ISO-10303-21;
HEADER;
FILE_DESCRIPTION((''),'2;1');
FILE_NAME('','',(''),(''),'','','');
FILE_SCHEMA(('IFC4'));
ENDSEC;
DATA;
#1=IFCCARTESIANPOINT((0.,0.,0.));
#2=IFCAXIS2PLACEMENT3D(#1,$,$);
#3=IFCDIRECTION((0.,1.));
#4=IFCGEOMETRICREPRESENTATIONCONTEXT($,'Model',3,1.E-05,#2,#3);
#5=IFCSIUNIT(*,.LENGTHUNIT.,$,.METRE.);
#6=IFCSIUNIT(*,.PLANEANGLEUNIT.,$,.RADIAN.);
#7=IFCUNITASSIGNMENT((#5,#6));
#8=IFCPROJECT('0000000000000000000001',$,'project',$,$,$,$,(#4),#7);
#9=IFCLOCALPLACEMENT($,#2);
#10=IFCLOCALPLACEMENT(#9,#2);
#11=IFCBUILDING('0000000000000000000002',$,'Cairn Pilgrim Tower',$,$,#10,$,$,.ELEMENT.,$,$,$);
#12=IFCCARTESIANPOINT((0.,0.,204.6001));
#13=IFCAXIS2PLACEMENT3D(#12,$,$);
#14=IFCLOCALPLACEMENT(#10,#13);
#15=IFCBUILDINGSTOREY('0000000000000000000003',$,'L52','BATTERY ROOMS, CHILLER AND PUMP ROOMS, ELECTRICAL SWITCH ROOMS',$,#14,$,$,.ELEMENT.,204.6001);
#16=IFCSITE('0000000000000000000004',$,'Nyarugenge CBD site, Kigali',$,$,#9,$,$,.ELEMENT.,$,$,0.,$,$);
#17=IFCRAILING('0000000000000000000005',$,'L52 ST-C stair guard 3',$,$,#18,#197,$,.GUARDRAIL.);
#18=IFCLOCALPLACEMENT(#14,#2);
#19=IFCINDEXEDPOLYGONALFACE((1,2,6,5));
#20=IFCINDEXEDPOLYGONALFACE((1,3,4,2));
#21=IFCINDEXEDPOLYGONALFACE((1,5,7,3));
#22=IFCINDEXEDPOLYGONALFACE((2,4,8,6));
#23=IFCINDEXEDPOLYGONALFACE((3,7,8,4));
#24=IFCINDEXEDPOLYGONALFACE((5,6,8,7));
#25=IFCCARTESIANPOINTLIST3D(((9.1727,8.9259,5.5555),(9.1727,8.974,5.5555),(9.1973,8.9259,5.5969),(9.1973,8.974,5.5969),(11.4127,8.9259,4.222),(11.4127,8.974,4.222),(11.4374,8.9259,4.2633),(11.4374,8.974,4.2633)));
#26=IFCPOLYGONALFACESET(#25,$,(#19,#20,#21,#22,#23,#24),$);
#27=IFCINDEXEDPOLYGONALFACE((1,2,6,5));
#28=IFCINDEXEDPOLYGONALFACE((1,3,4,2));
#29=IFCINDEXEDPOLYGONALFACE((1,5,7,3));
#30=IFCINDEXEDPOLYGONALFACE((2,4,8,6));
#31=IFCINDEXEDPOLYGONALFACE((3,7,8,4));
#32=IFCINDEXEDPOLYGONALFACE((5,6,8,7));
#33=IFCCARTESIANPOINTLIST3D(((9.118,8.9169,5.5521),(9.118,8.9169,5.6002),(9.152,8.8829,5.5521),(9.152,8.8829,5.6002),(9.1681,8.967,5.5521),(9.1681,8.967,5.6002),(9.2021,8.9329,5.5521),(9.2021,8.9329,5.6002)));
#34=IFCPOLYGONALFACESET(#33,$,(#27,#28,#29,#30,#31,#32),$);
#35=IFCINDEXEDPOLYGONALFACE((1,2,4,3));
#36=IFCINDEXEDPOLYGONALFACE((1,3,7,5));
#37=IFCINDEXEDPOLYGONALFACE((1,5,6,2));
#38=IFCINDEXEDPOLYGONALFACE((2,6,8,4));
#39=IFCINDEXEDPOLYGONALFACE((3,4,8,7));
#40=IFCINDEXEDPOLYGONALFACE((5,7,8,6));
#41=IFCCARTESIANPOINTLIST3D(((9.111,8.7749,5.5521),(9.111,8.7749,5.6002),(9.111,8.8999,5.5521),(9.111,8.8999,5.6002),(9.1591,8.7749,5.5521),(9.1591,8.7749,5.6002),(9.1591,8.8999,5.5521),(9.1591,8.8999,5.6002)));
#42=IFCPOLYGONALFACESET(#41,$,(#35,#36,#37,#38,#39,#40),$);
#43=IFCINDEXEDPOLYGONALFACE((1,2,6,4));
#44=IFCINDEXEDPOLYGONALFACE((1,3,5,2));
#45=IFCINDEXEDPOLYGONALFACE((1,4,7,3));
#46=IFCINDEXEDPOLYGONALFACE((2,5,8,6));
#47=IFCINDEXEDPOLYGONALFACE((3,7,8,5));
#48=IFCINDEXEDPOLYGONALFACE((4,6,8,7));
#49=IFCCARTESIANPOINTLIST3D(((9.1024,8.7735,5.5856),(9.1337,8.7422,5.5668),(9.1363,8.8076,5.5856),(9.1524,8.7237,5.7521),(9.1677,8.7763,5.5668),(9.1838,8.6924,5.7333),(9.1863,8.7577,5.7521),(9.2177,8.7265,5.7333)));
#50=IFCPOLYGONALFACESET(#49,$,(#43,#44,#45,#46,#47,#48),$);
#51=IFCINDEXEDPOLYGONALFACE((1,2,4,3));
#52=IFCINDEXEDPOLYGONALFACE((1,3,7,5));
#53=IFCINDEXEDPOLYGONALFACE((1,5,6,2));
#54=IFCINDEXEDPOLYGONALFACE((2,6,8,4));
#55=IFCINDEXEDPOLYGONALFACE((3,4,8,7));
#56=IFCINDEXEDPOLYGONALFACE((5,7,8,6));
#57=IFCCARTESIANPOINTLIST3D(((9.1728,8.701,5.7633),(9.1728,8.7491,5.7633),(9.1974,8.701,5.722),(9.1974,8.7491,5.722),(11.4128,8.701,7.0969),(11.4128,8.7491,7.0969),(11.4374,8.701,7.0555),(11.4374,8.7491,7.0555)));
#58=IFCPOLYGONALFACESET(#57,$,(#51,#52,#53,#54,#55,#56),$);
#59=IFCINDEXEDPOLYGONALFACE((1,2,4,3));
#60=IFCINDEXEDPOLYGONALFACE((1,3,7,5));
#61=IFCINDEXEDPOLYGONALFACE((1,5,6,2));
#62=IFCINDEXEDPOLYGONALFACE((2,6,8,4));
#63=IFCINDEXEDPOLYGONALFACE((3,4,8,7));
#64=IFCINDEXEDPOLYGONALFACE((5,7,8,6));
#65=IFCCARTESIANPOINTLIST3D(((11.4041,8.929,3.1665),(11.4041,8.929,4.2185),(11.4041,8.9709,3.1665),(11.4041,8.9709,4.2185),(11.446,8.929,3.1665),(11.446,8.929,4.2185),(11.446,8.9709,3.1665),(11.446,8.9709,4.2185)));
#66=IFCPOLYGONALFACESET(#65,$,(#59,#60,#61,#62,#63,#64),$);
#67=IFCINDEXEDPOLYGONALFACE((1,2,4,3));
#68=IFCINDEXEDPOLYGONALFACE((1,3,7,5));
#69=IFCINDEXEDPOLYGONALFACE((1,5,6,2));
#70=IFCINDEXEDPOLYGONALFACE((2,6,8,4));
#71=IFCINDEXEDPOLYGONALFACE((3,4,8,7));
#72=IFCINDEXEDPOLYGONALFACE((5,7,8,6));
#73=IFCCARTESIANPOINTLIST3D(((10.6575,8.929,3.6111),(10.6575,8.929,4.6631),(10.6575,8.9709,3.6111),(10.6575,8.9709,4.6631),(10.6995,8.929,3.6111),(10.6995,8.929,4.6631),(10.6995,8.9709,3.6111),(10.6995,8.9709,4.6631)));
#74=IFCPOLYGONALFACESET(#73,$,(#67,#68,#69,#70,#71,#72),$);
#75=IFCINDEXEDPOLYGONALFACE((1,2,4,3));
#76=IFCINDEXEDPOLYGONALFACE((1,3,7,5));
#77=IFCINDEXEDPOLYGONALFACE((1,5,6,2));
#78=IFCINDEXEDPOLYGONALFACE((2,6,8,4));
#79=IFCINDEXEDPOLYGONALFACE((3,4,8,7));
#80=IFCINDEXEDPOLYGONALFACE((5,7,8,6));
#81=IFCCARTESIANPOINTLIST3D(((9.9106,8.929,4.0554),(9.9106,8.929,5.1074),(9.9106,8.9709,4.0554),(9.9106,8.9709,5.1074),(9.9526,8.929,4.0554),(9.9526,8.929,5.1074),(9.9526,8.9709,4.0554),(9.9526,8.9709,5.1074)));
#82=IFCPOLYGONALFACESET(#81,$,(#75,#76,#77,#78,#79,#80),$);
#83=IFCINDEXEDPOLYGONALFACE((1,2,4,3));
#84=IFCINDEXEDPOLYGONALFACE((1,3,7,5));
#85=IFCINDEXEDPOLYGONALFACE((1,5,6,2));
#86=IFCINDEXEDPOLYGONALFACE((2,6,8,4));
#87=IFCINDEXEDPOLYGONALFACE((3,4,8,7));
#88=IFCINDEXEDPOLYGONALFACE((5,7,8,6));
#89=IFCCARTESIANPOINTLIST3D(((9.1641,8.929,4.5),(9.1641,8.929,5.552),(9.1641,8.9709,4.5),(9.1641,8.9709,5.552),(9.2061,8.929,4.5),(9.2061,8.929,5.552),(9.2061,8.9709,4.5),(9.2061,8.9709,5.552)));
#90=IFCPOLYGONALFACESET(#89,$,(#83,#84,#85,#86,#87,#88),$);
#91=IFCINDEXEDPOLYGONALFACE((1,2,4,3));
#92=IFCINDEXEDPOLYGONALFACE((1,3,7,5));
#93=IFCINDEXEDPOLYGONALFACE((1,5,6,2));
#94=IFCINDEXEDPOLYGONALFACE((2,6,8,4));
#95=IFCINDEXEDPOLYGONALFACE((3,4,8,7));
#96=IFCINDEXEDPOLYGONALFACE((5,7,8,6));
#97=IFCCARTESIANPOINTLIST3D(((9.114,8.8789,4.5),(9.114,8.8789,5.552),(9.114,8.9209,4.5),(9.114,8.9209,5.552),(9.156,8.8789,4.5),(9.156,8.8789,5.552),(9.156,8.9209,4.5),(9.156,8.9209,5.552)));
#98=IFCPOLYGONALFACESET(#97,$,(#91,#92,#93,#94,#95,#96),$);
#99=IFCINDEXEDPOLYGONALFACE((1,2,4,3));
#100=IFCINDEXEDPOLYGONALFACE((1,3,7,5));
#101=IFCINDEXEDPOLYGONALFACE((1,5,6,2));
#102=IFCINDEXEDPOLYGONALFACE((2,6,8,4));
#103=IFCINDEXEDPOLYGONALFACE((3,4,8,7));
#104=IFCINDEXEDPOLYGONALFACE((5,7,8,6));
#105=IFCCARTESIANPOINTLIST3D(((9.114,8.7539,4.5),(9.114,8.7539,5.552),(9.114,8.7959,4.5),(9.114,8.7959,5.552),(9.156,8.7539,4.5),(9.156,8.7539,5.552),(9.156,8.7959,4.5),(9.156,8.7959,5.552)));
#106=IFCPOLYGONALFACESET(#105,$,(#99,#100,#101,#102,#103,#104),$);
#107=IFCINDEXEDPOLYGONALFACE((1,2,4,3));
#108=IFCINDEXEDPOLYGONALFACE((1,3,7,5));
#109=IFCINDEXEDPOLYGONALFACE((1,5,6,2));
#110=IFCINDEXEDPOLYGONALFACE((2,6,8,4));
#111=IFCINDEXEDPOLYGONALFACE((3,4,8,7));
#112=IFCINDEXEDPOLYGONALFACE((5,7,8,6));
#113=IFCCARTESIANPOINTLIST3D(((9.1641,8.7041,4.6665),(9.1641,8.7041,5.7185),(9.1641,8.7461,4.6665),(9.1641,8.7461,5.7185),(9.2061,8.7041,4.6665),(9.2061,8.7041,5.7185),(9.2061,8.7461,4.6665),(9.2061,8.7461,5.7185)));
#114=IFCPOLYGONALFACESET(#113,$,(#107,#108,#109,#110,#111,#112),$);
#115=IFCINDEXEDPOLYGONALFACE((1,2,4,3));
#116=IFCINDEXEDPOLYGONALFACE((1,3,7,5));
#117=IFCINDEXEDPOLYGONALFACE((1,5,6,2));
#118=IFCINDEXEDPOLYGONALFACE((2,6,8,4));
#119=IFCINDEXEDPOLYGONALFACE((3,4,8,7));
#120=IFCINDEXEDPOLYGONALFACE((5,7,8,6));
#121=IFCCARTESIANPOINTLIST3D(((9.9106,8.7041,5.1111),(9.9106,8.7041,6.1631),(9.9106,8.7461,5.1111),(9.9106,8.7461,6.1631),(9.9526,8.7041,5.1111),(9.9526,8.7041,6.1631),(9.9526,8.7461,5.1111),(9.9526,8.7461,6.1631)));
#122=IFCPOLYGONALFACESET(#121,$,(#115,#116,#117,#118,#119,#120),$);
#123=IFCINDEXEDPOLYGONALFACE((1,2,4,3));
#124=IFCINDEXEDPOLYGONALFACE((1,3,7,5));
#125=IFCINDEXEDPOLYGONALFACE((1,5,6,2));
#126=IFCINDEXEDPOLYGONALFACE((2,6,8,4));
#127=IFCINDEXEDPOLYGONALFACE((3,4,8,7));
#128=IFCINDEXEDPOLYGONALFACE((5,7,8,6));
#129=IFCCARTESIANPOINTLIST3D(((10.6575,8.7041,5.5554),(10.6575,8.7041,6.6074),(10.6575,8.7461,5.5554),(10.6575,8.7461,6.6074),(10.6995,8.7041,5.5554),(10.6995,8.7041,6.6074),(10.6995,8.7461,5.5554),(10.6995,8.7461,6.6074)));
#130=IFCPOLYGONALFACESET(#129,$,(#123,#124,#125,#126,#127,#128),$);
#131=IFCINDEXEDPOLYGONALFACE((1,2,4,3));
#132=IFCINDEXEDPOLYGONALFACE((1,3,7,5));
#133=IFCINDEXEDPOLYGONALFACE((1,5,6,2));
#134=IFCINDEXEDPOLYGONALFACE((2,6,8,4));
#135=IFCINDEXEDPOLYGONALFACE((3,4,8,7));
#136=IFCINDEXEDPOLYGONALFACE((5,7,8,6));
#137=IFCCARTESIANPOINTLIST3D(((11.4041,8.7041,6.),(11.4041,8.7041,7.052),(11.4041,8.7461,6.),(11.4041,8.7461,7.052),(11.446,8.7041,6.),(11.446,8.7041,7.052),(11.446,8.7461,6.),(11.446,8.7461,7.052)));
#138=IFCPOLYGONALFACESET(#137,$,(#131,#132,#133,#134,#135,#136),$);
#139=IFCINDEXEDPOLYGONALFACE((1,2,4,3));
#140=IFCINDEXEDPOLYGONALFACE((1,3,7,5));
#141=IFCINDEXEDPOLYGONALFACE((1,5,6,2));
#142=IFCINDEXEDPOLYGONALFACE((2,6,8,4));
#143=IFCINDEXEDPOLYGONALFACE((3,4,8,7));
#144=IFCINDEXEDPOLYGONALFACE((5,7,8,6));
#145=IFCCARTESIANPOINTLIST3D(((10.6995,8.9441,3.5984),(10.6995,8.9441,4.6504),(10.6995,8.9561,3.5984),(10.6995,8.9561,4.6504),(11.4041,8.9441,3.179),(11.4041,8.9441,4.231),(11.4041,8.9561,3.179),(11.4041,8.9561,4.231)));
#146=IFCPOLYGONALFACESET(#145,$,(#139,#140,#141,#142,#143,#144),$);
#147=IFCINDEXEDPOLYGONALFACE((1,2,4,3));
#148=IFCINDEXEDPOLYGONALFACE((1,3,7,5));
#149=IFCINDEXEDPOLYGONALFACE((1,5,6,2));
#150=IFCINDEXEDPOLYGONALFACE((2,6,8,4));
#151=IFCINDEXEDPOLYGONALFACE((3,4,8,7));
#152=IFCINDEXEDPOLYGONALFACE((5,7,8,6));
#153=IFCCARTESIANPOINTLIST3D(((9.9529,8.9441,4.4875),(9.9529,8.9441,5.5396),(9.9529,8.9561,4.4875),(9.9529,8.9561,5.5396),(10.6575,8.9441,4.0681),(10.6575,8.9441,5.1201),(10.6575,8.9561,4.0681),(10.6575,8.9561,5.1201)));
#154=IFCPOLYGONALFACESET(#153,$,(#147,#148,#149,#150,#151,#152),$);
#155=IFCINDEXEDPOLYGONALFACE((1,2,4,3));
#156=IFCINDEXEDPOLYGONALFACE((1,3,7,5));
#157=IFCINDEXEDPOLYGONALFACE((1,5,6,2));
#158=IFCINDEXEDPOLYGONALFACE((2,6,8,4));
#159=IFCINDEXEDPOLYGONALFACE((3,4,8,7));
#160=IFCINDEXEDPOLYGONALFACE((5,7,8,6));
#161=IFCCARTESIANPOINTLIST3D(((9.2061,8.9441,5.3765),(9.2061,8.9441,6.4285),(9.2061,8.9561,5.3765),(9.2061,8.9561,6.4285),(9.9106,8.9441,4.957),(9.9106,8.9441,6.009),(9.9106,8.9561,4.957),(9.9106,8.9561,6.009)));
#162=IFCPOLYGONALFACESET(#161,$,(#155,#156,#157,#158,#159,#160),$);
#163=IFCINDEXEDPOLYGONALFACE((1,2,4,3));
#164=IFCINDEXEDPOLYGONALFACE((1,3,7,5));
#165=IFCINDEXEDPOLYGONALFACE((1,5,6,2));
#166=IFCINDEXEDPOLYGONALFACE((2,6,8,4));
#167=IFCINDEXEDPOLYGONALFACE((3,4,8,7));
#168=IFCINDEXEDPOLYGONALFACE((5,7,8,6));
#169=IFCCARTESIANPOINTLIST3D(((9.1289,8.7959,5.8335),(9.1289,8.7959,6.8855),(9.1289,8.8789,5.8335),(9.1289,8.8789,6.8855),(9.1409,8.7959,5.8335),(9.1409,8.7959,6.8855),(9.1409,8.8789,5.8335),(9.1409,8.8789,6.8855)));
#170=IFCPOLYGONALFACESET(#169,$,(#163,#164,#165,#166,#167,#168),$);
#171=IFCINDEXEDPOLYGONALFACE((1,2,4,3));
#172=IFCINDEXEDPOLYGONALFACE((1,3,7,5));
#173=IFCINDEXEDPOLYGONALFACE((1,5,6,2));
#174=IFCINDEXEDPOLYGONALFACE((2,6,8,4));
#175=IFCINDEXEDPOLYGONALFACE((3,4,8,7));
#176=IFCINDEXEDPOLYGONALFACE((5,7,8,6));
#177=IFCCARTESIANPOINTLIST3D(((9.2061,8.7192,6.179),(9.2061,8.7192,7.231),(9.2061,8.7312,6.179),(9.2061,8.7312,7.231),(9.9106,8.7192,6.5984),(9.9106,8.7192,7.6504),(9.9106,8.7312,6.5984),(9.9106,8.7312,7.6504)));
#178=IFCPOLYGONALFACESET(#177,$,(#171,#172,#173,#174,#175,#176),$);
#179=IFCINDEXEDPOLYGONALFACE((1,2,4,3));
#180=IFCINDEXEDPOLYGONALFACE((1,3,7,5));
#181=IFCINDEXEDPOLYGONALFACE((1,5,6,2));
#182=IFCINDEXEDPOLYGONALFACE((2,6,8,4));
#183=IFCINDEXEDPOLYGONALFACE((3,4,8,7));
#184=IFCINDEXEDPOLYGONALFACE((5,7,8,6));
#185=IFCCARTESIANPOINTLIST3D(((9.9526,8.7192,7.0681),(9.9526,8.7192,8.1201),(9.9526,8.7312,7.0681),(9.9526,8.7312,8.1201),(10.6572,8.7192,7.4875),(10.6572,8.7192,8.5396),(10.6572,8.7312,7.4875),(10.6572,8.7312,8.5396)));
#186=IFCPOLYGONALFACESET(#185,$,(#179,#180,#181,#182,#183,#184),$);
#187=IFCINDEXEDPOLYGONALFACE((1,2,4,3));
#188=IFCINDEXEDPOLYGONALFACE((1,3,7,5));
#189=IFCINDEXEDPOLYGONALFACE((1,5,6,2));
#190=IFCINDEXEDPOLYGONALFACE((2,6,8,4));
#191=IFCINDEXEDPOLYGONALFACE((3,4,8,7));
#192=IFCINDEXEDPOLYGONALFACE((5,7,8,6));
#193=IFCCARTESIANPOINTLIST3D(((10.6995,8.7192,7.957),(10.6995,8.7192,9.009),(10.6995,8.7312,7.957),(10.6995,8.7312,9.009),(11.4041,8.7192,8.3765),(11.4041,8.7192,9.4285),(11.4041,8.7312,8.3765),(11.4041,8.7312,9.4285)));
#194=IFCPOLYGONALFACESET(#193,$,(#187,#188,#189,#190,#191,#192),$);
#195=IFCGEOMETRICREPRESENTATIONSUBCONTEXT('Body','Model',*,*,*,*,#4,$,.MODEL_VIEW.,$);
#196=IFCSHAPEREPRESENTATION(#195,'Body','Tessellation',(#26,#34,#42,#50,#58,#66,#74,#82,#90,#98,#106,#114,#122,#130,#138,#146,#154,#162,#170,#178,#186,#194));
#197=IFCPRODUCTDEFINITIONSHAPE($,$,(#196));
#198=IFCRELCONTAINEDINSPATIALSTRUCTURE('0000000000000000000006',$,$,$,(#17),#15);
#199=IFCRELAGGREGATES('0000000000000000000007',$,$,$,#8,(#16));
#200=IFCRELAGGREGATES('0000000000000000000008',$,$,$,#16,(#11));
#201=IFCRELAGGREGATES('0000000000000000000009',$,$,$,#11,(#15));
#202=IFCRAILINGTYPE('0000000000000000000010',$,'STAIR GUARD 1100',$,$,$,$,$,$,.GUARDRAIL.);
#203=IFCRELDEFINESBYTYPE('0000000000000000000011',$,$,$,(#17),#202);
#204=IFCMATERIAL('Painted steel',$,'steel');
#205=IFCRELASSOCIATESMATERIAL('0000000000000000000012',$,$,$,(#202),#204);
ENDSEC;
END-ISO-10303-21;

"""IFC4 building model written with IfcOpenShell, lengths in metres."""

from ifc_helpers import new_model, si_unit, direction, frame, origin, origin_2d, place, context, subcontext, project, spatial, polyline, rectangle, outline, extrude, material, type_object, element, save


model = new_model("IFC4")

# Units and contexts
model_context = context("Model", 3, precision=1e-05, world=origin(), true_north=direction((0.0, 1.0)))
body_context = subcontext(model_context, "Body", "Model", "MODEL_VIEW")
ifc_project = project(units=[si_unit("LENGTHUNIT", "METRE"), si_unit("PLANEANGLEUNIT", "RADIAN")], contexts=[model_context])

# Site, building, storey
site_placement = place(None, origin())
site = spatial("IfcSite", under=ifc_project, at=site_placement, Name="Nyarugenge CBD site, Kigali", CompositionType="ELEMENT", RefElevation=0.0)
building_placement = place(site_placement, origin())
building = spatial("IfcBuilding", under=site, at=building_placement, Name="Cairn Pilgrim Tower", CompositionType="ELEMENT")
storey_placement = place(building_placement, frame((0.0, 0.0, 204.6001)))
storey = spatial("IfcBuildingStorey", under=building, at=storey_placement, Name="L52", Description="BATTERY ROOMS, CHILLER AND PUMP ROOMS, ELECTRICAL SWITCH ROOMS", CompositionType="ELEMENT", Elevation=204.6001)

# Railing
ifc_material_1 = material(Name="Painted steel", Category="steel")
railing_type_1 = type_object("IfcRailingType", Name="STAIR GUARD 1100", PredefinedType="GUARDRAIL", material=ifc_material_1)
railing_1_placement = place(storey_placement, frame((11.425, 8.95, 3.1665)))
element("IfcRailing", 1, at=railing_1_placement, inside=storey, type_object=railing_type_1, Name="L52 ST-C stair guard 3", PredefinedType="GUARDRAIL", context=body_context, shape_type="SweptSolid", body=[
    extrude(rectangle(XDim=0.0481, YDim=0.0481, at=origin_2d()), frame((0.0, 0.0, 1.0762), z_axis=(-0.859264, 0.0, 0.511532), x_axis=(0.0, -1.0, 0.0)), (0.0, 0.0, 1.0), 2.6069),
    extrude(rectangle(XDim=0.0481, YDim=0.0481, at=origin_2d()), frame((-2.24, 0.0, 2.4097), z_axis=(-0.707107, -0.707107, 0.0), x_axis=(0.707107, -0.707107, 0.0)), (0.0, 0.0, 1.0), 0.0708),
    extrude(rectangle(XDim=0.0481, YDim=0.0481, at=origin_2d()), frame((-2.29, -0.05, 2.4097), z_axis=(0.0, -1.0, 0.0), x_axis=(1.0, 0.0, 0.0)), (0.0, 0.0, 1.0), 0.125),
    extrude(rectangle(XDim=0.0481, YDim=0.0481, at=origin_2d()), frame((-2.29, -0.175, 2.4097), z_axis=(0.276733, -0.275383, 0.920643), x_axis=(0.705376, 0.708834, 0.0)), (0.0, 0.0, 1.0), 0.1809),
    extrude(rectangle(XDim=0.0481, YDim=0.0481, at=origin_2d()), frame((-2.24, -0.2249, 2.5762), z_axis=(0.859264, 0.0, 0.511532), x_axis=(0.0, 1.0, 0.0)), (0.0, 0.0, 1.0), 2.6069),
    extrude(rectangle(XDim=0.042, YDim=0.042, at=origin_2d()), origin(), (0.0, 0.0, 1.0), 1.052),
    extrude(rectangle(XDim=0.042, YDim=0.042, at=origin_2d()), frame((-0.7466, 0.0, 0.4446)), (0.0, 0.0, 1.0), 1.052),
    extrude(rectangle(XDim=0.042, YDim=0.042, at=origin_2d()), frame((-1.4934, 0.0, 0.8889)), (0.0, 0.0, 1.0), 1.052),
    extrude(rectangle(XDim=0.042, YDim=0.042, at=origin_2d()), frame((-2.24, 0.0, 1.3335)), (0.0, 0.0, 1.0), 1.052),
    extrude(rectangle(XDim=0.042, YDim=0.042, at=origin_2d()), frame((-2.29, -0.05, 1.3335)), (0.0, 0.0, 1.0), 1.052),
    extrude(rectangle(XDim=0.042, YDim=0.042, at=origin_2d()), frame((-2.29, -0.175, 1.3335)), (0.0, 0.0, 1.0), 1.052),
    extrude(rectangle(XDim=0.042, YDim=0.042, at=origin_2d()), frame((-2.24, -0.2249, 1.5)), (0.0, 0.0, 1.0), 1.052),
    extrude(rectangle(XDim=0.042, YDim=0.042, at=origin_2d()), frame((-1.4934, -0.2249, 1.9446)), (0.0, 0.0, 1.0), 1.052),
    extrude(rectangle(XDim=0.042, YDim=0.042, at=origin_2d()), frame((-0.7466, -0.2249, 2.3889)), (0.0, 0.0, 1.0), 1.052),
    extrude(rectangle(XDim=0.042, YDim=0.042, at=origin_2d()), frame((0.0, -0.2249, 2.8335)), (0.0, 0.0, 1.0), 1.052),
    extrude(outline(polyline([(0.021, 0.0125), (0.7256, 0.4319), (0.7256, 1.4839), (0.021, 1.0645), (0.021, 0.0125)])), frame((0.0, -0.0059, 0.0), z_axis=(0.0, 1.0, 0.0), x_axis=(-1.0, 0.0, 0.0)), (0.0, 0.0, 1.0), 0.012),
    extrude(outline(polyline([(0.021, 0.457), (0.7256, 0.8765), (0.7256, 1.9285), (0.021, 1.509), (0.021, 0.457)])), frame((-0.7466, -0.0059, 0.4446), z_axis=(0.0, 1.0, 0.0), x_axis=(-1.0, 0.0, 0.0)), (0.0, 0.0, 1.0), 0.012),
    extrude(outline(polyline([(0.021, 0.9016), (0.7256, 1.321), (0.7256, 2.373), (0.021, 1.9536), (0.021, 0.9016)])), frame((-1.4934, -0.0059, 0.8889), z_axis=(0.0, 1.0, 0.0), x_axis=(-1.0, 0.0, 0.0)), (0.0, 0.0, 1.0), 0.012),
    extrude(outline(polyline([(0.021, 1.3335), (0.104, 1.3335), (0.104, 2.3855), (0.021, 2.3855), (0.021, 1.3335)])), frame((-2.2842, -0.05, 1.3335), z_axis=(-1.0, 0.0, 0.0), x_axis=(0.0, -1.0, 0.0)), (0.0, 0.0, 1.0), 0.012),
    extrude(outline(polyline([(0.021, 1.5125), (0.7256, 1.9319), (0.7256, 2.9839), (0.021, 2.5645), (0.021, 1.5125)])), frame((-2.24, -0.2188, 1.5), z_axis=(0.0, -1.0, 0.0), x_axis=(1.0, 0.0, 0.0)), (0.0, 0.0, 1.0), 0.012),
    extrude(outline(polyline([(0.021, 1.957), (0.7256, 2.3765), (0.7256, 3.4285), (0.021, 3.009), (0.021, 1.957)])), frame((-1.4934, -0.2188, 1.9446), z_axis=(0.0, -1.0, 0.0), x_axis=(1.0, 0.0, 0.0)), (0.0, 0.0, 1.0), 0.012),
    extrude(outline(polyline([(0.021, 2.4016), (0.7256, 2.821), (0.7256, 3.873), (0.021, 3.4536), (0.021, 2.4016)])), frame((-0.7466, -0.2188, 2.3889), z_axis=(0.0, -1.0, 0.0), x_axis=(1.0, 0.0, 0.0)), (0.0, 0.0, 1.0), 0.012),
])

save(model, "model.ifc")
